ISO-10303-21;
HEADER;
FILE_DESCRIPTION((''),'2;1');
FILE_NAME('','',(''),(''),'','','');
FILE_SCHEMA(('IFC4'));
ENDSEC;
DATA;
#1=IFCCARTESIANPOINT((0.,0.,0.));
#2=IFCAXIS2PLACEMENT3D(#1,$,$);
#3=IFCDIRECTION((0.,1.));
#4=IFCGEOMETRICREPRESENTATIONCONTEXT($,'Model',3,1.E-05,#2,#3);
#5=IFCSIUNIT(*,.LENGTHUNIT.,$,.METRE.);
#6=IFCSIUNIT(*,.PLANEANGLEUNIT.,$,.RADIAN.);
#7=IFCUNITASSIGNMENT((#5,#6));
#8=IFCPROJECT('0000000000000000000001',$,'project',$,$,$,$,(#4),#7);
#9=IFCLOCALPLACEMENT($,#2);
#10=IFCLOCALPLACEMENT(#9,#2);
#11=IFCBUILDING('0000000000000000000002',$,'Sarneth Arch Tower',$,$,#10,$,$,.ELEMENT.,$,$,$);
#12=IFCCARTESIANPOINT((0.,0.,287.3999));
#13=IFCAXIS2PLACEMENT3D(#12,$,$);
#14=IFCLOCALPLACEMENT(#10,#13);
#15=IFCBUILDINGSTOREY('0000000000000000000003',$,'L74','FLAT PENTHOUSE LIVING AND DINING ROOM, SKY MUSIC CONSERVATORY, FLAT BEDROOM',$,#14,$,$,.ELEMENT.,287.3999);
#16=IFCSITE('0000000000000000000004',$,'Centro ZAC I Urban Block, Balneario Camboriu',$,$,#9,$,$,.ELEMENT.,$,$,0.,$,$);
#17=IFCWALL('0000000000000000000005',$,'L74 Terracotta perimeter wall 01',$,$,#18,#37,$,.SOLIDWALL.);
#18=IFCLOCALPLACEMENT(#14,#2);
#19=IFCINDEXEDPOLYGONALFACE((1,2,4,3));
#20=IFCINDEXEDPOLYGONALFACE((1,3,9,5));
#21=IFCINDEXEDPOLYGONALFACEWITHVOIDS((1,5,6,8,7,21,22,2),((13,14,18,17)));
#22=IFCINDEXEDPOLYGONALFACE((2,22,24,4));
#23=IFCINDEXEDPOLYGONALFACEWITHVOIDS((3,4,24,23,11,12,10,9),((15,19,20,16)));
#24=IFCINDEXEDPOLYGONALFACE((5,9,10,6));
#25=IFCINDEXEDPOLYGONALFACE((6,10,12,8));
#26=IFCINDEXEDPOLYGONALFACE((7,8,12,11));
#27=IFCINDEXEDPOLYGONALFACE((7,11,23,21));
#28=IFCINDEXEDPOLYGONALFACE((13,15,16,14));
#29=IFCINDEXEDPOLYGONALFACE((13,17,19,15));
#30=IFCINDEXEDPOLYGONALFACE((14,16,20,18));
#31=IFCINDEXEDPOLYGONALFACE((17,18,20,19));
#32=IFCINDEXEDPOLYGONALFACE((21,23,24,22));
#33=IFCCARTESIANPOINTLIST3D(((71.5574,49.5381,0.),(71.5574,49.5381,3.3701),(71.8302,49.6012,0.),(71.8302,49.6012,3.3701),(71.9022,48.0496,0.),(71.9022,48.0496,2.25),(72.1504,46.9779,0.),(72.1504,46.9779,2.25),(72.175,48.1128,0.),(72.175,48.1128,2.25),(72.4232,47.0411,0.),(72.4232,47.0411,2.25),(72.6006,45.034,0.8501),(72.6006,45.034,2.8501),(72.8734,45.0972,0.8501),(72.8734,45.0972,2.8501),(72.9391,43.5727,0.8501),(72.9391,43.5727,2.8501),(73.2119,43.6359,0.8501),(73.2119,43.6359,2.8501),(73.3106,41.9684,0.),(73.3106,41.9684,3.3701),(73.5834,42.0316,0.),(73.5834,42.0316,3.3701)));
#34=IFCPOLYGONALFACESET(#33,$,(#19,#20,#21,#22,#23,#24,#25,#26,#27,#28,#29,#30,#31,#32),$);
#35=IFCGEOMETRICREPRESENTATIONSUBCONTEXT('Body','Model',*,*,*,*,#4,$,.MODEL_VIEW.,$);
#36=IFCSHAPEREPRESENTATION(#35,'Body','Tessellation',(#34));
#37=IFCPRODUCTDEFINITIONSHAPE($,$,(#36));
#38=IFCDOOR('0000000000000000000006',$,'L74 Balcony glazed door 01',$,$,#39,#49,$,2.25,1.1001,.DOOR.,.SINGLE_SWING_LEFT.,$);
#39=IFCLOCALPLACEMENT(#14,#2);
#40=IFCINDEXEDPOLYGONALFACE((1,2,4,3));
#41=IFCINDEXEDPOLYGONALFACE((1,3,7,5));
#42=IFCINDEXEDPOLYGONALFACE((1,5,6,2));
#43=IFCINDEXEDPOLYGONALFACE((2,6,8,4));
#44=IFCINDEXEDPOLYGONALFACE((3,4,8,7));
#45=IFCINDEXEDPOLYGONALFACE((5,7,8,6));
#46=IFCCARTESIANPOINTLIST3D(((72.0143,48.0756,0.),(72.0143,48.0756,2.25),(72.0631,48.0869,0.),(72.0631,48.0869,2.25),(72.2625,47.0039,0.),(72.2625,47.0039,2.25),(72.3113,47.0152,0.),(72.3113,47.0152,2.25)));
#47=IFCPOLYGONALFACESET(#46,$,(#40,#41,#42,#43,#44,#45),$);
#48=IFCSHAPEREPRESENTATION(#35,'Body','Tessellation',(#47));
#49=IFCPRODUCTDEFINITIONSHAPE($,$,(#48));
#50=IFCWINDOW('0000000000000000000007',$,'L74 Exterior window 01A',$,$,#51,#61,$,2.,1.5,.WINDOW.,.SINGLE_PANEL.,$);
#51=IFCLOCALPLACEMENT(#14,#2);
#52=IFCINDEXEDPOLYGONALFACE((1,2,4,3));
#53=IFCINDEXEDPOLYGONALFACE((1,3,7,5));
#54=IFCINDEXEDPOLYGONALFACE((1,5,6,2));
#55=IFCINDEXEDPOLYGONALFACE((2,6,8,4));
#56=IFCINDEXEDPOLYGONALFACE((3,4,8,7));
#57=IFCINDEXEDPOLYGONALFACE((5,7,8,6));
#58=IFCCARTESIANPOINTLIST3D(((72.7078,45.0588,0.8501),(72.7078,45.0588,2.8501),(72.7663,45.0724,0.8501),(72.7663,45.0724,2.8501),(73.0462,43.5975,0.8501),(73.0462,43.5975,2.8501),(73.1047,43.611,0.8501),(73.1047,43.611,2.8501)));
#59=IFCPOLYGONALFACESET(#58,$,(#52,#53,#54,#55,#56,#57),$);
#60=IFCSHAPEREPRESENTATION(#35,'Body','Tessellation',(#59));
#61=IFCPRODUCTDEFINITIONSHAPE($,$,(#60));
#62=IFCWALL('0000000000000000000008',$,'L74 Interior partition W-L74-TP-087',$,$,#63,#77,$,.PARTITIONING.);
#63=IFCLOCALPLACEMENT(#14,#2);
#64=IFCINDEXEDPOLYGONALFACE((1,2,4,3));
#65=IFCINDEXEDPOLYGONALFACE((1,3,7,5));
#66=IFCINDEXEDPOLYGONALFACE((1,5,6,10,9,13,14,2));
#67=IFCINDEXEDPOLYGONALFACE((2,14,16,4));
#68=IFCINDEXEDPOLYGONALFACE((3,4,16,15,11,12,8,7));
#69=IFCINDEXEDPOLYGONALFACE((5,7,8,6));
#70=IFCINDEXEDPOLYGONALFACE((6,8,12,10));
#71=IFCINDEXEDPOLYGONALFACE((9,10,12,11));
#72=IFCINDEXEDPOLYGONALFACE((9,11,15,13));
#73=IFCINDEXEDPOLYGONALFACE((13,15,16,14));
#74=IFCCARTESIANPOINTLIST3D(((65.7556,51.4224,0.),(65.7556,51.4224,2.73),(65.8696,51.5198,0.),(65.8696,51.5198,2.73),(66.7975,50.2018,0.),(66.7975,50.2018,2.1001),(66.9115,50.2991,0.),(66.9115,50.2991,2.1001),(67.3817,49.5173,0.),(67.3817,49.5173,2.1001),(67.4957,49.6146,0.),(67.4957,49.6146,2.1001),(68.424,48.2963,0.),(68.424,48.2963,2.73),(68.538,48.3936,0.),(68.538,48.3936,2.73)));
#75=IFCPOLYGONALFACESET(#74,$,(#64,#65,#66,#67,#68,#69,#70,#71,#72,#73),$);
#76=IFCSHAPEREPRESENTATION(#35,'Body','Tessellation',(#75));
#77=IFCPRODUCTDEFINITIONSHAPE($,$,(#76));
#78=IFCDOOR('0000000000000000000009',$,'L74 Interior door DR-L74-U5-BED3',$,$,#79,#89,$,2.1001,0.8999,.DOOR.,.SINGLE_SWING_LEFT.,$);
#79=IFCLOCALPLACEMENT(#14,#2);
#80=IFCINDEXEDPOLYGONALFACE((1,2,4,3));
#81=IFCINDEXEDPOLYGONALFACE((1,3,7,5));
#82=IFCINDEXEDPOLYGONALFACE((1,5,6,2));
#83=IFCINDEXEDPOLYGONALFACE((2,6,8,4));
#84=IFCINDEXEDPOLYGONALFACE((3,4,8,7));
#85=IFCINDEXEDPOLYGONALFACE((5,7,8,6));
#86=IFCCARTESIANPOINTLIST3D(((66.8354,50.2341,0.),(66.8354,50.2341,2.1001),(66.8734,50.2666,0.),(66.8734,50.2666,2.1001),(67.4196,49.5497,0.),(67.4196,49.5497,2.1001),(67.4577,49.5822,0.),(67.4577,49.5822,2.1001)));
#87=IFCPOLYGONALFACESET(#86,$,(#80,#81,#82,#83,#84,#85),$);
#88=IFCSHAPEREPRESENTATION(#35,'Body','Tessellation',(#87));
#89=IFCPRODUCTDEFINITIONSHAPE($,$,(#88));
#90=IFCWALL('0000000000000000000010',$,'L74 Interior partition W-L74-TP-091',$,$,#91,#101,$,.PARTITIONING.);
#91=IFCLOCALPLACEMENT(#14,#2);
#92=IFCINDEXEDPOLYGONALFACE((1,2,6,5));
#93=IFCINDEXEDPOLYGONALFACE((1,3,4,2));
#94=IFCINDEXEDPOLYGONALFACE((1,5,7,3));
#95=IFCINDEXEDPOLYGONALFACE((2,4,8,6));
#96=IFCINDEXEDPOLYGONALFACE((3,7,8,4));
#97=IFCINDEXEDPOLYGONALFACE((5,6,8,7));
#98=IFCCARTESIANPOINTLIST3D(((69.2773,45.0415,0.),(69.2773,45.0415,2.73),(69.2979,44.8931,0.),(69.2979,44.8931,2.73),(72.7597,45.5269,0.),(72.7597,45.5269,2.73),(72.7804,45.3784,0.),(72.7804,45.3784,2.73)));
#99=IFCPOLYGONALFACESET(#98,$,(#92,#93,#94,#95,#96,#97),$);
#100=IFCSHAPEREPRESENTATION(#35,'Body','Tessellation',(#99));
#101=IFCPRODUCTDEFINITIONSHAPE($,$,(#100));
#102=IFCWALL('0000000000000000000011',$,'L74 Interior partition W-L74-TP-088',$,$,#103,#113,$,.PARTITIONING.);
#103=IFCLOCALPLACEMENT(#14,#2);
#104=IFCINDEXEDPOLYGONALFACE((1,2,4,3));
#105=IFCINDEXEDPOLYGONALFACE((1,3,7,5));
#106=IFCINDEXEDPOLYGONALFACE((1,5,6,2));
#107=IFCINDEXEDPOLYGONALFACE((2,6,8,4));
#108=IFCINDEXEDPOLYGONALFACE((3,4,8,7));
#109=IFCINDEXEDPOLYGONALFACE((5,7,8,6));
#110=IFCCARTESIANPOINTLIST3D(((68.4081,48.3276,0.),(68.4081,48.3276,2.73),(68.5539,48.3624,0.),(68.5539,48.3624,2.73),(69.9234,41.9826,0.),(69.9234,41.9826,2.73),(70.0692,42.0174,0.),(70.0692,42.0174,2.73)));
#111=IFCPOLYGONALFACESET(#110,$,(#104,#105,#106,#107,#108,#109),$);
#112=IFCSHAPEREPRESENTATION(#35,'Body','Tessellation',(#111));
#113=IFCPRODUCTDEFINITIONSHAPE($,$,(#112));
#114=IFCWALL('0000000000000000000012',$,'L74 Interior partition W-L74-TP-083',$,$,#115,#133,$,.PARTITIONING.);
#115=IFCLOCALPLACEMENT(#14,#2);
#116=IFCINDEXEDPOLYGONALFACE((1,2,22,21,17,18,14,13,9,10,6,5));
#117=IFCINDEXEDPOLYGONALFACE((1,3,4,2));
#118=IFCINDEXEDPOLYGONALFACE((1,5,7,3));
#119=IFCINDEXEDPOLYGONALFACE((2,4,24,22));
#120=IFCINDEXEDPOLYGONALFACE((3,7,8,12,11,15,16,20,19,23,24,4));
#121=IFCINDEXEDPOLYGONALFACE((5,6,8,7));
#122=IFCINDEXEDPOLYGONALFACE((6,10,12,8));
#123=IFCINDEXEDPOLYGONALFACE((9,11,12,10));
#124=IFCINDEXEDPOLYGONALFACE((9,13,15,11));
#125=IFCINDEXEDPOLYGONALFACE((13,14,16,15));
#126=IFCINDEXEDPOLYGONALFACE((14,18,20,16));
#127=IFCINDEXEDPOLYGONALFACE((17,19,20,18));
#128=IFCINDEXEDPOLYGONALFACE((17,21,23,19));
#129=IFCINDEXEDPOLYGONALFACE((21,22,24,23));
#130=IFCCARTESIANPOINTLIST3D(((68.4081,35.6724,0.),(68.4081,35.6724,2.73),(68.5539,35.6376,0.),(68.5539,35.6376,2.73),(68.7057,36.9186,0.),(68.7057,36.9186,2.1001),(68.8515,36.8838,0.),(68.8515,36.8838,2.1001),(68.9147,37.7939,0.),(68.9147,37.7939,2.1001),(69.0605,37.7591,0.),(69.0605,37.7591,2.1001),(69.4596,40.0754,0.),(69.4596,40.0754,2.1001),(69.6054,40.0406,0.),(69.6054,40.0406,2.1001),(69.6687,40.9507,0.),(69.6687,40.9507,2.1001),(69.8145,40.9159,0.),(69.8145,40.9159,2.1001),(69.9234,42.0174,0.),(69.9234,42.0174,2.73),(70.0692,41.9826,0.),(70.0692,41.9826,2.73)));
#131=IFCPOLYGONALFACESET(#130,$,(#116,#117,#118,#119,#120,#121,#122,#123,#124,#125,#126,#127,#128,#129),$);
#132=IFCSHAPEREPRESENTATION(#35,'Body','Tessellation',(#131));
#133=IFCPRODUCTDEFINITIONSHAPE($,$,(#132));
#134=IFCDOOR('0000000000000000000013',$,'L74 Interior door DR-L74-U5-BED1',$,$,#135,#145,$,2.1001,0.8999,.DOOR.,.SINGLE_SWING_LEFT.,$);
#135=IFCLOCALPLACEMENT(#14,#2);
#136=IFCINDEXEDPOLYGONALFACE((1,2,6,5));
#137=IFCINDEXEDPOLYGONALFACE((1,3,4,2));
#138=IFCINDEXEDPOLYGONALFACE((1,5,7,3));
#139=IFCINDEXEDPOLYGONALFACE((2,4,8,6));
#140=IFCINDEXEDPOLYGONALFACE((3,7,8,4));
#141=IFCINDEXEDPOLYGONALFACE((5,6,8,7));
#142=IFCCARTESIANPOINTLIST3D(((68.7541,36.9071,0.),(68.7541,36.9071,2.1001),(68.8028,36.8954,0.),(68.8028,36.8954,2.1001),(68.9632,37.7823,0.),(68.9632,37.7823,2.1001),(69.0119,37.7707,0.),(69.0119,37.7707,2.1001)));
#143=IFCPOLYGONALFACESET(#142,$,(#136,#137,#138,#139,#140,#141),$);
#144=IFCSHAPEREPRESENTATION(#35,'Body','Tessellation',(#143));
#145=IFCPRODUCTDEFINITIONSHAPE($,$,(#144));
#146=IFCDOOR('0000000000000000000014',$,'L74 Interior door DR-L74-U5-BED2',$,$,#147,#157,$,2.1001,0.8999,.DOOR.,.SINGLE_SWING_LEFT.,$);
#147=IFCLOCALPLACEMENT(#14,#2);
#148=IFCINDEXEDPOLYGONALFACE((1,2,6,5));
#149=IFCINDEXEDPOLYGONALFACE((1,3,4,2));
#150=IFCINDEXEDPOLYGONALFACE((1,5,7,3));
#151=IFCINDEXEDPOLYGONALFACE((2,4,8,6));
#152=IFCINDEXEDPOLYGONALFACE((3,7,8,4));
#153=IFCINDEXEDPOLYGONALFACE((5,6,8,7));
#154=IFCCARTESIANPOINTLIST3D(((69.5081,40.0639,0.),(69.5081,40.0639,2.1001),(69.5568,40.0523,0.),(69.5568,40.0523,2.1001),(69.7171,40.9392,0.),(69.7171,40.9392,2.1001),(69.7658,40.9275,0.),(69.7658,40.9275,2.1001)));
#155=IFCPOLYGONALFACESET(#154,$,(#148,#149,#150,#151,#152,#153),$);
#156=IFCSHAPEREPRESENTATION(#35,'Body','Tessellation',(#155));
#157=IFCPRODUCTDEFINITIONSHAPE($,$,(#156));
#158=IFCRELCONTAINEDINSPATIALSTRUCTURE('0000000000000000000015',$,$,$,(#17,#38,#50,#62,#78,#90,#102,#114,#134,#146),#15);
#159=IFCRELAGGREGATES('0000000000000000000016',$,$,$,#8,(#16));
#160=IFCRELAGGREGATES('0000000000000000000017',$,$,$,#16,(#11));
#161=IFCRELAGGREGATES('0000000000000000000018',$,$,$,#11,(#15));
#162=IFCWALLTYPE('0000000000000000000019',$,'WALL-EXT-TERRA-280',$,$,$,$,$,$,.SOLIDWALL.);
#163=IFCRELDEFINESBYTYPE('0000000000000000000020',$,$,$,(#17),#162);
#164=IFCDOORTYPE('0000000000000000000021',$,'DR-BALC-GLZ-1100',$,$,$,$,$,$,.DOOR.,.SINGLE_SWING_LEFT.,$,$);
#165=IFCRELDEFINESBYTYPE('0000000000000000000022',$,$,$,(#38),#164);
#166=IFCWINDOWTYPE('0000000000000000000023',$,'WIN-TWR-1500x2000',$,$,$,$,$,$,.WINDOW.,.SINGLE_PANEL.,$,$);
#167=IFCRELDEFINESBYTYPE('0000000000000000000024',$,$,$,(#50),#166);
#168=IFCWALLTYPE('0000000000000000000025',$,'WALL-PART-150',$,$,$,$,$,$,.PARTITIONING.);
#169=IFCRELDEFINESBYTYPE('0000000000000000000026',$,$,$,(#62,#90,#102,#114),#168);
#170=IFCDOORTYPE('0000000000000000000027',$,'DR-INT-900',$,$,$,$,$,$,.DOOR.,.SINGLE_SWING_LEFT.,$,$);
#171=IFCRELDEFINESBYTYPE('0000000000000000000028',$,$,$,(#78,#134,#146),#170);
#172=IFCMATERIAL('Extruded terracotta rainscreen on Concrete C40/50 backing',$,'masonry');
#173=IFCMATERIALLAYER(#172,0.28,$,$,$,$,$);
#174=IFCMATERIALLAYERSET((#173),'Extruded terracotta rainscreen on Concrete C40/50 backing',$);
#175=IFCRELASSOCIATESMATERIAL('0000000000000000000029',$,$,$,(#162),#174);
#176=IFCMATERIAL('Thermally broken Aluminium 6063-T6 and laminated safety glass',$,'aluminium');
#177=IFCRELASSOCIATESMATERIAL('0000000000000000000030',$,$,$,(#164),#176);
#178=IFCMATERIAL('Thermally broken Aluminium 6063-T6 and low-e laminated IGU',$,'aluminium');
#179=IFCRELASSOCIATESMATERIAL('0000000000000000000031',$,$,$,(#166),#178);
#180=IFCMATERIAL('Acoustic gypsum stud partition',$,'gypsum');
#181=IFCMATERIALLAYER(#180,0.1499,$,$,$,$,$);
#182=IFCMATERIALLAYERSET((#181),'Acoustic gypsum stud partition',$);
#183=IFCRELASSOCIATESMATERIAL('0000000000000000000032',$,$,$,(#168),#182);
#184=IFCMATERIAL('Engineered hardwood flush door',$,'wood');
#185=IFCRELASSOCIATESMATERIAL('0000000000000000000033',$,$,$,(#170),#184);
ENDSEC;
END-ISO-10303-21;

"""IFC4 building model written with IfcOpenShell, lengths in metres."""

from ifc_helpers import new_model, si_unit, direction, frame, frame_2d, origin, place, context, subcontext, project, spatial, rectangle, extrude, material, layer, layer_set, type_object, element, fill, save


model = new_model("IFC4")

# Units and contexts
model_context = context("Model", 3, precision=1e-05, world=origin(), true_north=direction((0.0, 1.0)))
body_context = subcontext(model_context, "Body", "Model", "MODEL_VIEW")
ifc_project = project(units=[si_unit("LENGTHUNIT", "METRE"), si_unit("PLANEANGLEUNIT", "RADIAN")], contexts=[model_context])

# Site, building, storey
site_placement = place(None, origin())
site = spatial("IfcSite", under=ifc_project, at=site_placement, Name="Centro ZAC I Urban Block, Balneario Camboriu", CompositionType="ELEMENT", RefElevation=0.0)
building_placement = place(site_placement, origin())
building = spatial("IfcBuilding", under=site, at=building_placement, Name="Sarneth Arch Tower", CompositionType="ELEMENT")
storey_placement = place(building_placement, frame((0.0, 0.0, 287.3999)))
storey = spatial("IfcBuildingStorey", under=building, at=storey_placement, Name="L74", Description="FLAT PENTHOUSE LIVING AND DINING ROOM, SKY MUSIC CONSERVATORY, FLAT BEDROOM", CompositionType="ELEMENT", Elevation=287.3999)

# Wall, openings, door, window
ifc_material_1 = material(Name="Extruded terracotta rainscreen on Concrete C40/50 backing", Category="masonry")
ifc_layer_1 = layer(ifc_material_1, 0.28)
ifc_layer_set_1 = layer_set([ifc_layer_1], Name="Extruded terracotta rainscreen on Concrete C40/50 backing")
wall_type_1 = type_object("IfcWallType", Name="WALL-EXT-TERRA-280", PredefinedType="SOLIDWALL", material=ifc_layer_set_1)
wall_1_placement = place(storey_placement, frame((73.447, 42.0, 0.0), z_axis=(0.0, 0.0, 1.0), x_axis=(-0.225635, 0.974212, 0.0)))
wall_1 = element("IfcWall", 1, at=wall_1_placement, inside=storey, type_object=wall_type_1, Name="L74 Terracotta perimeter wall 01", PredefinedType="SOLIDWALL", context=body_context, shape_type="SweptSolid", body=[
    extrude(rectangle(XDim=7.77, YDim=0.28, at=frame_2d((3.885, 0.0))), origin(), (0.0, 0.0, 1.0), 3.3701),
])
opening_1_placement = place(wall_1_placement, frame((1.6467, 0.0, 0.8501)))
opening_1 = element("IfcOpeningElement", 2, at=opening_1_placement, cuts=wall_1, PredefinedType="OPENING", context=body_context, shape_type="SweptSolid", body=[
    extrude(rectangle(XDim=1.5, YDim=2.0, at=frame_2d((0.75, 1.0))), frame((0.0, 0.1499, 0.0), z_axis=(0.0, -1.0, 0.0), x_axis=(1.0, 0.0, 0.0)), (0.0, 0.0, 1.0), 0.3),
])
opening_2_placement = place(wall_1_placement, frame((5.1421, 0.0, 0.0)))
opening_2 = element("IfcOpeningElement", 3, at=opening_2_placement, cuts=wall_1, PredefinedType="OPENING", context=body_context, shape_type="SweptSolid", body=[
    extrude(rectangle(XDim=1.1001, YDim=2.25, at=frame_2d((0.55, 1.125))), frame((0.0, 0.1499, 0.0), z_axis=(0.0, -1.0, 0.0), x_axis=(1.0, 0.0, 0.0)), (0.0, 0.0, 1.0), 0.3),
])
ifc_material_2 = material(Name="Thermally broken Aluminium 6063-T6 and laminated safety glass", Category="aluminium")
door_type_1 = type_object("IfcDoorType", Name="DR-BALC-GLZ-1100", OperationType="SINGLE_SWING_LEFT", PredefinedType="DOOR", material=ifc_material_2)
door_1_placement = place(opening_2_placement, origin())
door_1 = element("IfcDoor", 4, at=door_1_placement, inside=storey, type_object=door_type_1, Name="L74 Balcony glazed door 01", OperationType="SINGLE_SWING_LEFT", OverallHeight=2.25, OverallWidth=1.1001, PredefinedType="DOOR", context=body_context, shape_type="SweptSolid", body=[
    extrude(rectangle(XDim=1.1001, YDim=2.25, at=frame_2d((0.55, 1.125))), frame((0.0, 0.0249, 0.0), z_axis=(0.0, -1.0, 0.0), x_axis=(1.0, 0.0, 0.0)), (0.0, 0.0, 1.0), 0.05),
])
fill(opening_2, door_1)
ifc_material_3 = material(Name="Thermally broken Aluminium 6063-T6 and low-e laminated IGU", Category="aluminium")
window_type = type_object("IfcWindowType", Name="WIN-TWR-1500x2000", PartitioningType="SINGLE_PANEL", PredefinedType="WINDOW", material=ifc_material_3)
window_placement = place(opening_1_placement, origin())
window = element("IfcWindow", 5, at=window_placement, inside=storey, type_object=window_type, Name="L74 Exterior window 01A", OverallHeight=2.0, OverallWidth=1.5, PartitioningType="SINGLE_PANEL", PredefinedType="WINDOW", context=body_context, shape_type="SweptSolid", body=[
    extrude(rectangle(XDim=1.5, YDim=2.0, at=frame_2d((0.75, 1.0))), frame((0.0, 0.03, 0.0), z_axis=(0.0, -1.0, 0.0), x_axis=(1.0, 0.0, 0.0)), (0.0, 0.0, 1.0), 0.0601),
])
fill(opening_1, window)

# Wall, opening, door
ifc_material_4 = material(Name="Acoustic gypsum stud partition", Category="gypsum")
ifc_layer_2 = layer(ifc_material_4, 0.1499)
ifc_layer_set_2 = layer_set([ifc_layer_2], Name="Acoustic gypsum stud partition")
wall_type_2 = type_object("IfcWallType", Name="WALL-PART-150", PredefinedType="PARTITIONING", material=ifc_layer_set_2)
wall_2_placement = place(storey_placement, frame((65.8125, 51.4712, 0.0), z_axis=(0.0, 0.0, 1.0), x_axis=(0.649225, -0.760597, 0.0)))
wall_2 = element("IfcWall", 6, at=wall_2_placement, inside=storey, type_object=wall_type_2, Name="L74 Interior partition W-L74-TP-087", PredefinedType="PARTITIONING", context=body_context, shape_type="SweptSolid", body=[
    extrude(rectangle(XDim=4.1101, YDim=0.1499, at=frame_2d((2.0552, 0.0))), origin(), (0.0, 0.0, 1.0), 2.73),
])
opening_3_placement = place(wall_2_placement, frame((1.605, 0.0, 0.0)))
opening_3 = element("IfcOpeningElement", 7, at=opening_3_placement, cuts=wall_2, PredefinedType="OPENING", context=body_context, shape_type="SweptSolid", body=[
    extrude(rectangle(XDim=0.8999, YDim=2.1001, at=frame_2d((0.45, 1.05))), frame((0.0, 0.085, 0.0), z_axis=(0.0, -1.0, 0.0), x_axis=(1.0, 0.0, 0.0)), (0.0, 0.0, 1.0), 0.1699),
])
ifc_material_5 = material(Name="Engineered hardwood flush door", Category="wood")
door_type_2 = type_object("IfcDoorType", Name="DR-INT-900", OperationType="SINGLE_SWING_LEFT", PredefinedType="DOOR", material=ifc_material_5)
door_2_placement = place(opening_3_placement, origin())
door_2 = element("IfcDoor", 8, at=door_2_placement, inside=storey, type_object=door_type_2, Name="L74 Interior door DR-L74-U5-BED3", OperationType="SINGLE_SWING_LEFT", OverallHeight=2.1001, OverallWidth=0.8999, PredefinedType="DOOR", context=body_context, shape_type="SweptSolid", body=[
    extrude(rectangle(XDim=0.8999, YDim=2.1001, at=frame_2d((0.45, 1.05))), frame((0.0, 0.0249, 0.0), z_axis=(0.0, -1.0, 0.0), x_axis=(1.0, 0.0, 0.0)), (0.0, 0.0, 1.0), 0.05),
])
fill(opening_3, door_2)

# Walls
wall_3_placement = place(storey_placement, frame((69.2876, 44.9673, 0.0), z_axis=(0.0, 0.0, 1.0), x_axis=(0.990427, 0.138038, 0.0)))
element("IfcWall", 9, at=wall_3_placement, inside=storey, type_object=wall_type_2, Name="L74 Interior partition W-L74-TP-091", PredefinedType="PARTITIONING", context=body_context, shape_type="SweptSolid", body=[
    extrude(rectangle(XDim=3.5161, YDim=0.1499, at=frame_2d((1.7581, 0.0))), origin(), (0.0, 0.0, 1.0), 2.73),
])
wall_4_placement = place(storey_placement, frame((68.481, 48.345, 0.0), z_axis=(0.0, 0.0, 1.0), x_axis=(0.232298, -0.972645, 0.0)))
element("IfcWall", 10, at=wall_4_placement, inside=storey, type_object=wall_type_2, Name="L74 Interior partition W-L74-TP-088", PredefinedType="PARTITIONING", context=body_context, shape_type="SweptSolid", body=[
    extrude(rectangle(XDim=6.5234, YDim=0.1499, at=frame_2d((3.2617, 0.0))), origin(), (0.0, 0.0, 1.0), 2.73),
])

# Wall, openings, doors
wall_5_placement = place(storey_placement, frame((69.9963, 42.0, 0.0), z_axis=(0.0, 0.0, 1.0), x_axis=(-0.232298, -0.972645, 0.0)))
wall_5 = element("IfcWall", 11, at=wall_5_placement, inside=storey, type_object=wall_type_2, Name="L74 Interior partition W-L74-TP-083", PredefinedType="PARTITIONING", context=body_context, shape_type="SweptSolid", body=[
    extrude(rectangle(XDim=6.5234, YDim=0.1499, at=frame_2d((3.2617, 0.0))), origin(), (0.0, 0.0, 1.0), 2.73),
])
opening_4_placement = place(wall_5_placement, frame((4.3423, 0.0, 0.0)))
opening_4 = element("IfcOpeningElement", 12, at=opening_4_placement, cuts=wall_5, PredefinedType="OPENING", context=body_context, shape_type="SweptSolid", body=[
    extrude(rectangle(XDim=0.8999, YDim=2.1001, at=frame_2d((0.45, 1.05))), frame((0.0, 0.085, 0.0), z_axis=(0.0, -1.0, 0.0), x_axis=(1.0, 0.0, 0.0)), (0.0, 0.0, 1.0), 0.1699),
])
opening_5_placement = place(wall_5_placement, frame((1.0967, 0.0, 0.0)))
opening_5 = element("IfcOpeningElement", 13, at=opening_5_placement, cuts=wall_5, PredefinedType="OPENING", context=body_context, shape_type="SweptSolid", body=[
    extrude(rectangle(XDim=0.8999, YDim=2.1001, at=frame_2d((0.45, 1.05))), frame((0.0, 0.085, 0.0), z_axis=(0.0, -1.0, 0.0), x_axis=(1.0, 0.0, 0.0)), (0.0, 0.0, 1.0), 0.1699),
])
door_3_placement = place(opening_4_placement, origin())
door_3 = element("IfcDoor", 14, at=door_3_placement, inside=storey, type_object=door_type_2, Name="L74 Interior door DR-L74-U5-BED1", OperationType="SINGLE_SWING_LEFT", OverallHeight=2.1001, OverallWidth=0.8999, PredefinedType="DOOR", context=body_context, shape_type="SweptSolid", body=[
    extrude(rectangle(XDim=0.8999, YDim=2.1001, at=frame_2d((0.45, 1.05))), frame((0.0, 0.0249, 0.0), z_axis=(0.0, -1.0, 0.0), x_axis=(1.0, 0.0, 0.0)), (0.0, 0.0, 1.0), 0.05),
])
fill(opening_4, door_3)
door_4_placement = place(opening_5_placement, origin())
door_4 = element("IfcDoor", 15, at=door_4_placement, inside=storey, type_object=door_type_2, Name="L74 Interior door DR-L74-U5-BED2", OperationType="SINGLE_SWING_LEFT", OverallHeight=2.1001, OverallWidth=0.8999, PredefinedType="DOOR", context=body_context, shape_type="SweptSolid", body=[
    extrude(rectangle(XDim=0.8999, YDim=2.1001, at=frame_2d((0.45, 1.05))), frame((0.0, 0.0249, 0.0), z_axis=(0.0, -1.0, 0.0), x_axis=(1.0, 0.0, 0.0)), (0.0, 0.0, 1.0), 0.05),
])
fill(opening_5, door_4)

save(model, "model.ifc")
